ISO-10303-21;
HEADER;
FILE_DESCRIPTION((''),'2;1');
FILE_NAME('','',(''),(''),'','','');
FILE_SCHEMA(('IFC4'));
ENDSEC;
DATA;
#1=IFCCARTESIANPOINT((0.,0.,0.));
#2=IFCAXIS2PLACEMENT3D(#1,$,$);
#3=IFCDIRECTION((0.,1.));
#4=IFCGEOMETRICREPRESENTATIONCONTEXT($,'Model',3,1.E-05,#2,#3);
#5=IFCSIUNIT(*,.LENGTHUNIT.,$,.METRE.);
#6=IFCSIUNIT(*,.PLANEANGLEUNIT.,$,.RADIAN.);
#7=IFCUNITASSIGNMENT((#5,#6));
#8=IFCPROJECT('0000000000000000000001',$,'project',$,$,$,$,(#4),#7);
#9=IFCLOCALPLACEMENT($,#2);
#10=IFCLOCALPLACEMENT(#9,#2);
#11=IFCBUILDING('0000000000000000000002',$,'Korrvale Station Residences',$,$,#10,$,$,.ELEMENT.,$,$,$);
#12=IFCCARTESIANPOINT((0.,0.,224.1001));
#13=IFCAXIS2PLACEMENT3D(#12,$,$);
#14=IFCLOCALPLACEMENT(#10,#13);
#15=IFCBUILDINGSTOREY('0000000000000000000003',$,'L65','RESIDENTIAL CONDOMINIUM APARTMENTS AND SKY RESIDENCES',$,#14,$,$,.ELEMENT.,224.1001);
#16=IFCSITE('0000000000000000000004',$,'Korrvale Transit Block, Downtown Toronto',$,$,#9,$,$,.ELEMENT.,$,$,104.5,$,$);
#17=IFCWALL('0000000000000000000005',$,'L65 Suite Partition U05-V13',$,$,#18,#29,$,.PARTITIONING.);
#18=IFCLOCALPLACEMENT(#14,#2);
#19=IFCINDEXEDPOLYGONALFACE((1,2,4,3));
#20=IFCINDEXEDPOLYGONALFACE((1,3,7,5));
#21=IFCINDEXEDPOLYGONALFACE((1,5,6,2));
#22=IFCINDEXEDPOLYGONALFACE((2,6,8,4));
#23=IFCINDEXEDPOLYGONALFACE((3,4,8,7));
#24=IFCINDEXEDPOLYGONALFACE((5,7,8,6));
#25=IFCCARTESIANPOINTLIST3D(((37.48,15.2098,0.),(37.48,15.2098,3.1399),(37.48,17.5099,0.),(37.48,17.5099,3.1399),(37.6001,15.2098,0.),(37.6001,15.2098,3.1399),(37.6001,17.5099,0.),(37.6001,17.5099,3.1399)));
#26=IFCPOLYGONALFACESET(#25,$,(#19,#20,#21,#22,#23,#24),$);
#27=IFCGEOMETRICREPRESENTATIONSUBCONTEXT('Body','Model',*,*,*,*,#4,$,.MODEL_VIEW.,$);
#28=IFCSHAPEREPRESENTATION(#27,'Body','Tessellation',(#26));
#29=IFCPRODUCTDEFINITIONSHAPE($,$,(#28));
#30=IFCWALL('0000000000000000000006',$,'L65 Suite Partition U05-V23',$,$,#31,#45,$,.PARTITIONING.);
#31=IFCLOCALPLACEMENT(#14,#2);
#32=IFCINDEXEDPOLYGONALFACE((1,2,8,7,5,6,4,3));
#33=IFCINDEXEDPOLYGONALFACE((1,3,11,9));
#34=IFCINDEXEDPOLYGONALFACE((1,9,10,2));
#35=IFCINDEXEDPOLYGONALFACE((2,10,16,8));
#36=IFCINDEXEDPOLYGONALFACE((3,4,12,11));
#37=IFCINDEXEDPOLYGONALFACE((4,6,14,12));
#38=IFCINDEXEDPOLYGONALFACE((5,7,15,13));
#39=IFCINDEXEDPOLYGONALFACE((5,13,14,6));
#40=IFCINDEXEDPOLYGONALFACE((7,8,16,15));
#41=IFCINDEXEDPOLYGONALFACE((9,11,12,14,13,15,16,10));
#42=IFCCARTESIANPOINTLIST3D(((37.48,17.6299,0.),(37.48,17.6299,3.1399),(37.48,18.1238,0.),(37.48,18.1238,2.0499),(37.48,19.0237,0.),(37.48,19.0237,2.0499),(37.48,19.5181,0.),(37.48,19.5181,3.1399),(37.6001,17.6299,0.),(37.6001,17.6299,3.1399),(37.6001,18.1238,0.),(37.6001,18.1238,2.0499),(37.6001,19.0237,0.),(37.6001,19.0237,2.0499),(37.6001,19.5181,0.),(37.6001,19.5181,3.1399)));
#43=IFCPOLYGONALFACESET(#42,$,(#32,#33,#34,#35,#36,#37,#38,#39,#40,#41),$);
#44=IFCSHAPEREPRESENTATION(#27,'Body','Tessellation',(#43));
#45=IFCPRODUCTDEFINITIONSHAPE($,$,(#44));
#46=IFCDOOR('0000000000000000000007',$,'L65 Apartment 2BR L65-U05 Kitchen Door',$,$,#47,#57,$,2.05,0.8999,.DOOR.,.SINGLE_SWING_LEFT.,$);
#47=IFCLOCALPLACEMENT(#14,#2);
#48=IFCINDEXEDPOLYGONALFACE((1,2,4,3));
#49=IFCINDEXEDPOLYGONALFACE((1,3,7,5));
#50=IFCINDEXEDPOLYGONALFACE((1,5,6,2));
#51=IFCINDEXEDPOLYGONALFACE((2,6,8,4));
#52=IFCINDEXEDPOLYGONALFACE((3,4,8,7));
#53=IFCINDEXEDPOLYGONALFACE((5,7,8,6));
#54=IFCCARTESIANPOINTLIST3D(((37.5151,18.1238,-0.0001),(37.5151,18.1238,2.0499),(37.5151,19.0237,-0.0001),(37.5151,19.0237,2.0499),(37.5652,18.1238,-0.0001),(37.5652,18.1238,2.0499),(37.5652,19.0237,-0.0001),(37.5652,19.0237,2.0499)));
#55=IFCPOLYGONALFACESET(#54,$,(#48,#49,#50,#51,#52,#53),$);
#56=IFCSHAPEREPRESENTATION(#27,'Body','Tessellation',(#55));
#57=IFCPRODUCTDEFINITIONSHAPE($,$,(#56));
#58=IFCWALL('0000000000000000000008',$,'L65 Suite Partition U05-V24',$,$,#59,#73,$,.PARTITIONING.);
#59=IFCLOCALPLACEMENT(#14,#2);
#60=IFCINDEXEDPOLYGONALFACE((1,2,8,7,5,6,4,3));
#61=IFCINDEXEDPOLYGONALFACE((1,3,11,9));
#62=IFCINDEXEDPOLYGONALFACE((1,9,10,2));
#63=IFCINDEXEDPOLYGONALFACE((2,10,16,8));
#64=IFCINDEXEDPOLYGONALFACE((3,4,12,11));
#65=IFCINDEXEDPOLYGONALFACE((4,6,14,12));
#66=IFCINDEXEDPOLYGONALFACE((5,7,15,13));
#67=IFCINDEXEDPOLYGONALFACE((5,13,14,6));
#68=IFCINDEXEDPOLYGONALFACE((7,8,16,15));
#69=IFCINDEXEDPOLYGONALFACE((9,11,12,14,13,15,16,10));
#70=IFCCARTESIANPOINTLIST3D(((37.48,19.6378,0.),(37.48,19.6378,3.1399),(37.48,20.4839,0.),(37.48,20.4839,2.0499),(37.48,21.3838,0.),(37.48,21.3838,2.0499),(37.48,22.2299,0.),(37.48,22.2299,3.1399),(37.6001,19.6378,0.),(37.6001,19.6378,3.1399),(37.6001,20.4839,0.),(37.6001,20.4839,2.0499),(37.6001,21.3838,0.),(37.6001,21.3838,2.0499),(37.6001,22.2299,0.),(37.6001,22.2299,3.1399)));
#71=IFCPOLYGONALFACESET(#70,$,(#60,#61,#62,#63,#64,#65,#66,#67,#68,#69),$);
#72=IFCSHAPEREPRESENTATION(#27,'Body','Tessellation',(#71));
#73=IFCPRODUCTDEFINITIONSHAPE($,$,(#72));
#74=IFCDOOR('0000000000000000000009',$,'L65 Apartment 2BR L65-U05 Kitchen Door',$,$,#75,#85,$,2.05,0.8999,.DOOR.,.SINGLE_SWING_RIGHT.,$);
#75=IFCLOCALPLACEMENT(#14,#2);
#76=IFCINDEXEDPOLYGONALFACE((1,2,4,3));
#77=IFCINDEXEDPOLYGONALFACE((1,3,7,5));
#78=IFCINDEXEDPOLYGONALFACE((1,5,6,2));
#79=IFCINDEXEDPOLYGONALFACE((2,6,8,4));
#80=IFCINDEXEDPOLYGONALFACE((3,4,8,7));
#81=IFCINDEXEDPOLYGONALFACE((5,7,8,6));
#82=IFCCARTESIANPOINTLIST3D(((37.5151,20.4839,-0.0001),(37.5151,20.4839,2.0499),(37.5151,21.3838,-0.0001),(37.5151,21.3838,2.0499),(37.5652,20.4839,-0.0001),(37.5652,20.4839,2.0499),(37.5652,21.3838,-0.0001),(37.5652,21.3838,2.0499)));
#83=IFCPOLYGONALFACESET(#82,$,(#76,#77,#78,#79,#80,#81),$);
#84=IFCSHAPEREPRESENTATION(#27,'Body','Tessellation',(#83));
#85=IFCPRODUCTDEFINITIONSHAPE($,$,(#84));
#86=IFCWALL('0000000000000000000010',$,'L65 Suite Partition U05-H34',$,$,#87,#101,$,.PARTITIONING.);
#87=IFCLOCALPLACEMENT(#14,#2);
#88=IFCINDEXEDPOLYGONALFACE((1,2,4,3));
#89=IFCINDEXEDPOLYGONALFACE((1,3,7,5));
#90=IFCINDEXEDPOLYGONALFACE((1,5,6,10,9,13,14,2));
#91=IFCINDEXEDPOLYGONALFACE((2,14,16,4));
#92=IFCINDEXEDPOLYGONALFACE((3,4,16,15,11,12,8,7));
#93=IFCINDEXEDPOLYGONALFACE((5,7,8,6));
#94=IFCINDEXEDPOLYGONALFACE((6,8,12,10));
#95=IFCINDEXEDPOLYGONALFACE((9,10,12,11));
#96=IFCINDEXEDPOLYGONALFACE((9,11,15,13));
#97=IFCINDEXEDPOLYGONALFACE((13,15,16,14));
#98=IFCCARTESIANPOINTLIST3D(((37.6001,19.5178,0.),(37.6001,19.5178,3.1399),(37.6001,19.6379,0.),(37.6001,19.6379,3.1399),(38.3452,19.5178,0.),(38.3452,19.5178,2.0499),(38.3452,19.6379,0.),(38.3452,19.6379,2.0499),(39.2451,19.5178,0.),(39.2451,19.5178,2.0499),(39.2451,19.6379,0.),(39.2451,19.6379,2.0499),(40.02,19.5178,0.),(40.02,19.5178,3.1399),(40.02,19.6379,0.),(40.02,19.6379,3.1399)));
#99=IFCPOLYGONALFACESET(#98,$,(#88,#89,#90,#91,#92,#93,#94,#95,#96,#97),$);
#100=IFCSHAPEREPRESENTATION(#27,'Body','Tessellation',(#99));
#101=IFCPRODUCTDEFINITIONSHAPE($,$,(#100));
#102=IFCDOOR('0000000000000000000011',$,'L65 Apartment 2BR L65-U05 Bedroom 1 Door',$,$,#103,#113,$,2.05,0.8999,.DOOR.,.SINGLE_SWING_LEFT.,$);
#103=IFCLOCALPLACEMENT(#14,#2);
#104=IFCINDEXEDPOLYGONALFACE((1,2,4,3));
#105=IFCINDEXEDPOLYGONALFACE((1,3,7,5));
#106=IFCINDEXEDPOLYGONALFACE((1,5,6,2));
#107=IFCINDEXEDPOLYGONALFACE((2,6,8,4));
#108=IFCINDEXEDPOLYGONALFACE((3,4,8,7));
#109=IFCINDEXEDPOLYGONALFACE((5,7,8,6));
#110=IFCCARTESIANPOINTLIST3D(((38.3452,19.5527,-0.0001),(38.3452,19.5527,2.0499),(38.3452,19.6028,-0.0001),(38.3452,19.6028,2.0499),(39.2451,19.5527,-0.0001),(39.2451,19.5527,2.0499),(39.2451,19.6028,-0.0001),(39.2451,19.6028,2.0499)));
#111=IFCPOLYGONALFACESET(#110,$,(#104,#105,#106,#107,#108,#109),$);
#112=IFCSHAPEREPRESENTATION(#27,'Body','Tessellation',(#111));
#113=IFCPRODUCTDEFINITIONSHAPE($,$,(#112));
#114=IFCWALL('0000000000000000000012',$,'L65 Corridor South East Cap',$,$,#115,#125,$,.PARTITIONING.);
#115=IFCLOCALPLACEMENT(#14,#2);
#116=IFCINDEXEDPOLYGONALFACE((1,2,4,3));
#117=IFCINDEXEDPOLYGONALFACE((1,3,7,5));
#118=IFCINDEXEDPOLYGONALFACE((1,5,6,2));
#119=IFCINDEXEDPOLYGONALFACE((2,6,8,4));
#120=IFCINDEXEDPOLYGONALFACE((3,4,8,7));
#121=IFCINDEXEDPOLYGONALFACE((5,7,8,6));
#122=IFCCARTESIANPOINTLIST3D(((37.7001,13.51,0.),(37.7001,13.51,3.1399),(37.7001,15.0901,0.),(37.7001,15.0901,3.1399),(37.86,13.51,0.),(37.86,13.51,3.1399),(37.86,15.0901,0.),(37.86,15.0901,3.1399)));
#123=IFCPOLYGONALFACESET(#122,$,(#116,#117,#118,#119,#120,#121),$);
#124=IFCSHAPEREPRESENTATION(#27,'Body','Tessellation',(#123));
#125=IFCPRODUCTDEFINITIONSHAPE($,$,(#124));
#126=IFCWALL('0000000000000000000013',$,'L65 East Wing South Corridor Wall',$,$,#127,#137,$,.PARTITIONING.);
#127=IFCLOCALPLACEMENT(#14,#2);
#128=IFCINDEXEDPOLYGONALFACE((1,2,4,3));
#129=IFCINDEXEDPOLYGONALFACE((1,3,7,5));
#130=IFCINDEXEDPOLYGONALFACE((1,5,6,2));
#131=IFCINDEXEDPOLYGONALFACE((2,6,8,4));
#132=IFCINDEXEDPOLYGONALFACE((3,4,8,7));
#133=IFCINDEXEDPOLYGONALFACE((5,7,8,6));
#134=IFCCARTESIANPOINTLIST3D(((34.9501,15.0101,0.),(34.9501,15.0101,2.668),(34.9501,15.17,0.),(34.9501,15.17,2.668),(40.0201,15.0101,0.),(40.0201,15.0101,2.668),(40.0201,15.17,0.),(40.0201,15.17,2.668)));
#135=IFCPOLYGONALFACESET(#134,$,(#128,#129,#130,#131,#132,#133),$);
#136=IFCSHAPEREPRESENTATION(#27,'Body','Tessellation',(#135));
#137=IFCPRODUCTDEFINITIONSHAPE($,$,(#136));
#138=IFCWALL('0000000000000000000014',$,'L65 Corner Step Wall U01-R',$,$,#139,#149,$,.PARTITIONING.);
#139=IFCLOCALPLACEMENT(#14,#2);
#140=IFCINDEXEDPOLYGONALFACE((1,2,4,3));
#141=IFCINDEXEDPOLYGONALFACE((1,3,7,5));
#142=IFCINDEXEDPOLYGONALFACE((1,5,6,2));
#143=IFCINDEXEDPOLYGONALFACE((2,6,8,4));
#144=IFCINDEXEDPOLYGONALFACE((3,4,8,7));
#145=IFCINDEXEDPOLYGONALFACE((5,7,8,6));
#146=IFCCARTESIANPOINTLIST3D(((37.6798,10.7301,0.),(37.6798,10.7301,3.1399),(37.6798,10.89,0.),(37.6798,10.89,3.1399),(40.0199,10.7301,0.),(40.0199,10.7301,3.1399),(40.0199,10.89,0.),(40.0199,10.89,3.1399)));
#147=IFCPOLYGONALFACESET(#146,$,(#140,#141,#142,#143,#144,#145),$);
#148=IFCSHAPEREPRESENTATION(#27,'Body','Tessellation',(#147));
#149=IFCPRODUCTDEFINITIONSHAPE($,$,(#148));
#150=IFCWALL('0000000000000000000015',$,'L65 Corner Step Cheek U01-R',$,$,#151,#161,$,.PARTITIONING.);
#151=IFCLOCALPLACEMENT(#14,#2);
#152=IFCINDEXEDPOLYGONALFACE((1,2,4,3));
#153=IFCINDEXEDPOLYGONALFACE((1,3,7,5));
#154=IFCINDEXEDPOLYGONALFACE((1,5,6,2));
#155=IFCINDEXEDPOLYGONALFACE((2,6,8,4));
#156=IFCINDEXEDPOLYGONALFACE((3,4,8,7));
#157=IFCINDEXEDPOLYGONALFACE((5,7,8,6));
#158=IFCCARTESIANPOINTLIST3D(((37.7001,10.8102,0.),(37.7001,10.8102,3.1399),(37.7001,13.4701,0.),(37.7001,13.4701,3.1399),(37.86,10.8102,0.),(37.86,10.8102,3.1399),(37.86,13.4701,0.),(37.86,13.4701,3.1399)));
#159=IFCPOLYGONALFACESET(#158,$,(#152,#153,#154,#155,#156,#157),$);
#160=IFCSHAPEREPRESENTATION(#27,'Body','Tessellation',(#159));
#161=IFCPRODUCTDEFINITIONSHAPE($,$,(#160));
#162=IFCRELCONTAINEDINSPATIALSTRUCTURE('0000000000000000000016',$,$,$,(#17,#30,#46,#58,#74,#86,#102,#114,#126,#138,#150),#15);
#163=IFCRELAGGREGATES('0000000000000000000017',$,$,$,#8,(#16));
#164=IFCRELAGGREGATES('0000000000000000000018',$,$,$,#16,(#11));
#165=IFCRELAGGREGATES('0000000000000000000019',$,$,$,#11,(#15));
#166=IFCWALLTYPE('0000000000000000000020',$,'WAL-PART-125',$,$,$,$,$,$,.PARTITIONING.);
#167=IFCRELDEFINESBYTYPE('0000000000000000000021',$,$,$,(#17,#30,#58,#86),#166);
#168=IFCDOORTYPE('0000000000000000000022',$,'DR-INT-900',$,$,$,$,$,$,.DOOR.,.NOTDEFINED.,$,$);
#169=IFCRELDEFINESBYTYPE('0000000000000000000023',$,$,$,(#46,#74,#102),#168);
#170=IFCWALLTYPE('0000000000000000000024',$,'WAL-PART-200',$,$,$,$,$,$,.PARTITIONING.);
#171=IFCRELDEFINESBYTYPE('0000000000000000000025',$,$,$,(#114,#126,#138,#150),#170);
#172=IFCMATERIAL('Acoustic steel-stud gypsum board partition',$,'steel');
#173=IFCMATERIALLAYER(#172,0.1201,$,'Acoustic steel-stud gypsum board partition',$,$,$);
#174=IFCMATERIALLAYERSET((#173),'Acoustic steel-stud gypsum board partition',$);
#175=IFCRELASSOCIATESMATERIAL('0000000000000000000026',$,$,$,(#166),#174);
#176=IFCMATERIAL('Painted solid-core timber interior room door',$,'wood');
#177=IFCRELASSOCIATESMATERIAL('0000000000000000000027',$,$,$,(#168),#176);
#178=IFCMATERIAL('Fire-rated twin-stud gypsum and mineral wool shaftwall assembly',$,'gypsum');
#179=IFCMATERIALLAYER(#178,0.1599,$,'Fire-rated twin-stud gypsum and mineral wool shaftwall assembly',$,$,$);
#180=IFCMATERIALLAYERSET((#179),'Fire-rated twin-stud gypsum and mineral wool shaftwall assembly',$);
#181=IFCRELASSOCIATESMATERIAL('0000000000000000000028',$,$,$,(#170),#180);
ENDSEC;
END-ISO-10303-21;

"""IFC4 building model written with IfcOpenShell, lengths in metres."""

from ifc_helpers import new_model, si_unit, direction, frame, frame_2d, origin, place, context, subcontext, project, spatial, rectangle, extrude, material, layer, layer_set, type_object, element, fill, save


model = new_model("IFC4")

# Units and contexts
model_context = context("Model", 3, precision=1e-05, world=origin(), true_north=direction((0.0, 1.0)))
body_context = subcontext(model_context, "Body", "Model", "MODEL_VIEW")
ifc_project = project(units=[si_unit("LENGTHUNIT", "METRE"), si_unit("PLANEANGLEUNIT", "RADIAN")], contexts=[model_context])

# Site, building, storey
site_placement = place(None, origin())
site = spatial("IfcSite", under=ifc_project, at=site_placement, Name="Korrvale Transit Block, Downtown Toronto", CompositionType="ELEMENT", RefElevation=104.5)
building_placement = place(site_placement, origin())
building = spatial("IfcBuilding", under=site, at=building_placement, Name="Korrvale Station Residences", CompositionType="ELEMENT")
storey_placement = place(building_placement, frame((0.0, 0.0, 224.1001)))
storey = spatial("IfcBuildingStorey", under=building, at=storey_placement, Name="L65", Description="RESIDENTIAL CONDOMINIUM APARTMENTS AND SKY RESIDENCES", CompositionType="ELEMENT", Elevation=224.1001)

# Shared definitions
ifc_material_1 = material(Name="Acoustic steel-stud gypsum board partition", Category="steel")
ifc_layer_1 = layer(ifc_material_1, 0.1201, Name="Acoustic steel-stud gypsum board partition")
ifc_layer_set_1 = layer_set([ifc_layer_1], Name="Acoustic steel-stud gypsum board partition")
wall_type_1 = type_object("IfcWallType", Name="WAL-PART-125", PredefinedType="PARTITIONING", material=ifc_layer_set_1)
ifc_material_2 = material(Name="Painted solid-core timber interior room door", Category="wood")
door_type_1 = type_object("IfcDoorType", Name="DR-INT-900", OperationType="NOTDEFINED", PredefinedType="DOOR", material=ifc_material_2)

# Wall
wall_1_placement = place(storey_placement, frame((37.54, 15.21, 0.0), z_axis=(0.0, 0.0, 1.0), x_axis=(0.0, 1.0, 0.0)))
element("IfcWall", 1, at=wall_1_placement, inside=storey, type_object=wall_type_1, Name="L65 Suite Partition U05-V13", PredefinedType="PARTITIONING", context=body_context, shape_type="SweptSolid", body=[
    extrude(rectangle(XDim=2.3, YDim=0.1201, at=frame_2d((1.1499, 0.0))), origin(), (0.0, 0.0, 1.0), 3.1399),
])

# Walls, openings, doors
wall_2_placement = place(storey_placement, frame((37.54, 17.6299, 0.0), z_axis=(0.0, 0.0, 1.0), x_axis=(0.0, 1.0, 0.0)))
wall_2 = element("IfcWall", 2, at=wall_2_placement, inside=storey, type_object=wall_type_1, Name="L65 Suite Partition U05-V23", PredefinedType="PARTITIONING", context=body_context, shape_type="SweptSolid", body=[
    extrude(rectangle(XDim=1.8882, YDim=0.1201, at=frame_2d((0.9441, 0.0))), origin(), (0.0, 0.0, 1.0), 3.1399),
])
opening_1_placement = place(wall_2_placement, frame((0.4939, 0.0, 0.0)))
opening_1 = element("IfcOpeningElement", 3, at=opening_1_placement, cuts=wall_2, PredefinedType="OPENING", context=body_context, shape_type="SweptSolid", body=[
    extrude(rectangle(XDim=0.8999, YDim=2.05, at=frame_2d((0.45, 1.0249))), frame((0.0, 0.0701, 0.0), z_axis=(0.0, -1.0, 0.0), x_axis=(1.0, 0.0, 0.0)), (0.0, 0.0, 1.0), 0.1401),
])
door_1_placement = place(opening_1_placement, origin())
door_1 = element("IfcDoor", 4, at=door_1_placement, inside=storey, type_object=door_type_1, Name="L65 Apartment 2BR L65-U05 Kitchen Door", OperationType="SINGLE_SWING_LEFT", OverallHeight=2.05, OverallWidth=0.8999, PredefinedType="DOOR", context=body_context, shape_type="SweptSolid", body=[
    extrude(rectangle(XDim=0.8999, YDim=2.05, at=frame_2d((0.45, 1.0249))), frame((0.0, 0.0249, 0.0), z_axis=(0.0, -1.0, 0.0), x_axis=(1.0, 0.0, 0.0)), (0.0, 0.0, 1.0), 0.05),
])
fill(opening_1, door_1)
wall_3_placement = place(storey_placement, frame((37.54, 19.6379, 0.0), z_axis=(0.0, 0.0, 1.0), x_axis=(0.0, 1.0, 0.0)))
wall_3 = element("IfcWall", 5, at=wall_3_placement, inside=storey, type_object=wall_type_1, Name="L65 Suite Partition U05-V24", PredefinedType="PARTITIONING", context=body_context, shape_type="SweptSolid", body=[
    extrude(rectangle(XDim=2.592, YDim=0.1201, at=frame_2d((1.2959, 0.0))), origin(), (0.0, 0.0, 1.0), 3.1399),
])
opening_2_placement = place(wall_3_placement, frame((0.8459, 0.0, 0.0)))
opening_2 = element("IfcOpeningElement", 6, at=opening_2_placement, cuts=wall_3, PredefinedType="OPENING", context=body_context, shape_type="SweptSolid", body=[
    extrude(rectangle(XDim=0.8999, YDim=2.05, at=frame_2d((0.45, 1.0249))), frame((0.0, 0.0701, 0.0), z_axis=(0.0, -1.0, 0.0), x_axis=(1.0, 0.0, 0.0)), (0.0, 0.0, 1.0), 0.1401),
])
door_2_placement = place(opening_2_placement, origin())
door_2 = element("IfcDoor", 7, at=door_2_placement, inside=storey, type_object=door_type_1, Name="L65 Apartment 2BR L65-U05 Kitchen Door", OperationType="SINGLE_SWING_RIGHT", OverallHeight=2.05, OverallWidth=0.8999, PredefinedType="DOOR", context=body_context, shape_type="SweptSolid", body=[
    extrude(rectangle(XDim=0.8999, YDim=2.05, at=frame_2d((0.45, 1.0249))), frame((0.0, 0.0249, 0.0), z_axis=(0.0, -1.0, 0.0), x_axis=(1.0, 0.0, 0.0)), (0.0, 0.0, 1.0), 0.05),
])
fill(opening_2, door_2)
wall_4_placement = place(storey_placement, frame((37.6001, 19.5779, 0.0), z_axis=(0.0, 0.0, 1.0), x_axis=(1.0, 0.0, 0.0)))
wall_4 = element("IfcWall", 8, at=wall_4_placement, inside=storey, type_object=wall_type_1, Name="L65 Suite Partition U05-H34", PredefinedType="PARTITIONING", context=body_context, shape_type="SweptSolid", body=[
    extrude(rectangle(XDim=2.4199, YDim=0.1201, at=frame_2d((1.21, 0.0))), origin(), (0.0, 0.0, 1.0), 3.1399),
])
opening_3_placement = place(wall_4_placement, frame((0.7451, 0.0, 0.0)))
opening_3 = element("IfcOpeningElement", 9, at=opening_3_placement, cuts=wall_4, PredefinedType="OPENING", context=body_context, shape_type="SweptSolid", body=[
    extrude(rectangle(XDim=0.8999, YDim=2.05, at=frame_2d((0.45, 1.0249))), frame((0.0, 0.0701, 0.0), z_axis=(0.0, -1.0, 0.0), x_axis=(1.0, 0.0, 0.0)), (0.0, 0.0, 1.0), 0.1401),
])
door_3_placement = place(opening_3_placement, origin())
door_3 = element("IfcDoor", 10, at=door_3_placement, inside=storey, type_object=door_type_1, Name="L65 Apartment 2BR L65-U05 Bedroom 1 Door", OperationType="SINGLE_SWING_LEFT", OverallHeight=2.05, OverallWidth=0.8999, PredefinedType="DOOR", context=body_context, shape_type="SweptSolid", body=[
    extrude(rectangle(XDim=0.8999, YDim=2.05, at=frame_2d((0.45, 1.0249))), frame((0.0, 0.0249, 0.0), z_axis=(0.0, -1.0, 0.0), x_axis=(1.0, 0.0, 0.0)), (0.0, 0.0, 1.0), 0.05),
])
fill(opening_3, door_3)

# Walls
ifc_material_3 = material(Name="Fire-rated twin-stud gypsum and mineral wool shaftwall assembly", Category="gypsum")
ifc_layer_2 = layer(ifc_material_3, 0.1599, Name="Fire-rated twin-stud gypsum and mineral wool shaftwall assembly")
ifc_layer_set_2 = layer_set([ifc_layer_2], Name="Fire-rated twin-stud gypsum and mineral wool shaftwall assembly")
wall_type_2 = type_object("IfcWallType", Name="WAL-PART-200", PredefinedType="PARTITIONING", material=ifc_layer_set_2)
wall_5_placement = place(storey_placement, frame((37.78, 13.51, 0.0), z_axis=(0.0, 0.0, 1.0), x_axis=(0.0, 1.0, 0.0)))
element("IfcWall", 11, at=wall_5_placement, inside=storey, type_object=wall_type_2, Name="L65 Corridor South East Cap", PredefinedType="PARTITIONING", context=body_context, shape_type="SweptSolid", body=[
    extrude(rectangle(XDim=1.5801, YDim=0.1599, at=frame_2d((0.79, 0.0))), origin(), (0.0, 0.0, 1.0), 3.1399),
])
wall_6_placement = place(storey_placement, frame((34.95, 15.0901, 0.0), z_axis=(0.0, 0.0, 1.0), x_axis=(1.0, 0.0, 0.0)))
element("IfcWall", 12, at=wall_6_placement, inside=storey, type_object=wall_type_2, Name="L65 East Wing South Corridor Wall", PredefinedType="PARTITIONING", context=body_context, shape_type="SweptSolid", body=[
    extrude(rectangle(XDim=5.0701, YDim=0.1599, at=frame_2d((2.5352, 0.0))), origin(), (0.0, 0.0, 1.0), 2.668),
])
wall_7_placement = place(storey_placement, frame((37.6799, 10.8101, 0.0), z_axis=(0.0, 0.0, 1.0), x_axis=(1.0, 0.0, 0.0)))
element("IfcWall", 13, at=wall_7_placement, inside=storey, type_object=wall_type_2, Name="L65 Corner Step Wall U01-R", PredefinedType="PARTITIONING", context=body_context, shape_type="SweptSolid", body=[
    extrude(rectangle(XDim=2.3401, YDim=0.1599, at=frame_2d((1.1699, 0.0))), origin(), (0.0, 0.0, 1.0), 3.1399),
])
wall_8_placement = place(storey_placement, frame((37.78, 10.8101, 0.0), z_axis=(0.0, 0.0, 1.0), x_axis=(0.0, 1.0, 0.0)))
element("IfcWall", 14, at=wall_8_placement, inside=storey, type_object=wall_type_2, Name="L65 Corner Step Cheek U01-R", PredefinedType="PARTITIONING", context=body_context, shape_type="SweptSolid", body=[
    extrude(rectangle(XDim=2.6599, YDim=0.1599, at=frame_2d((1.3301, 0.0))), origin(), (0.0, 0.0, 1.0), 3.1399),
])

save(model, "model.ifc")
